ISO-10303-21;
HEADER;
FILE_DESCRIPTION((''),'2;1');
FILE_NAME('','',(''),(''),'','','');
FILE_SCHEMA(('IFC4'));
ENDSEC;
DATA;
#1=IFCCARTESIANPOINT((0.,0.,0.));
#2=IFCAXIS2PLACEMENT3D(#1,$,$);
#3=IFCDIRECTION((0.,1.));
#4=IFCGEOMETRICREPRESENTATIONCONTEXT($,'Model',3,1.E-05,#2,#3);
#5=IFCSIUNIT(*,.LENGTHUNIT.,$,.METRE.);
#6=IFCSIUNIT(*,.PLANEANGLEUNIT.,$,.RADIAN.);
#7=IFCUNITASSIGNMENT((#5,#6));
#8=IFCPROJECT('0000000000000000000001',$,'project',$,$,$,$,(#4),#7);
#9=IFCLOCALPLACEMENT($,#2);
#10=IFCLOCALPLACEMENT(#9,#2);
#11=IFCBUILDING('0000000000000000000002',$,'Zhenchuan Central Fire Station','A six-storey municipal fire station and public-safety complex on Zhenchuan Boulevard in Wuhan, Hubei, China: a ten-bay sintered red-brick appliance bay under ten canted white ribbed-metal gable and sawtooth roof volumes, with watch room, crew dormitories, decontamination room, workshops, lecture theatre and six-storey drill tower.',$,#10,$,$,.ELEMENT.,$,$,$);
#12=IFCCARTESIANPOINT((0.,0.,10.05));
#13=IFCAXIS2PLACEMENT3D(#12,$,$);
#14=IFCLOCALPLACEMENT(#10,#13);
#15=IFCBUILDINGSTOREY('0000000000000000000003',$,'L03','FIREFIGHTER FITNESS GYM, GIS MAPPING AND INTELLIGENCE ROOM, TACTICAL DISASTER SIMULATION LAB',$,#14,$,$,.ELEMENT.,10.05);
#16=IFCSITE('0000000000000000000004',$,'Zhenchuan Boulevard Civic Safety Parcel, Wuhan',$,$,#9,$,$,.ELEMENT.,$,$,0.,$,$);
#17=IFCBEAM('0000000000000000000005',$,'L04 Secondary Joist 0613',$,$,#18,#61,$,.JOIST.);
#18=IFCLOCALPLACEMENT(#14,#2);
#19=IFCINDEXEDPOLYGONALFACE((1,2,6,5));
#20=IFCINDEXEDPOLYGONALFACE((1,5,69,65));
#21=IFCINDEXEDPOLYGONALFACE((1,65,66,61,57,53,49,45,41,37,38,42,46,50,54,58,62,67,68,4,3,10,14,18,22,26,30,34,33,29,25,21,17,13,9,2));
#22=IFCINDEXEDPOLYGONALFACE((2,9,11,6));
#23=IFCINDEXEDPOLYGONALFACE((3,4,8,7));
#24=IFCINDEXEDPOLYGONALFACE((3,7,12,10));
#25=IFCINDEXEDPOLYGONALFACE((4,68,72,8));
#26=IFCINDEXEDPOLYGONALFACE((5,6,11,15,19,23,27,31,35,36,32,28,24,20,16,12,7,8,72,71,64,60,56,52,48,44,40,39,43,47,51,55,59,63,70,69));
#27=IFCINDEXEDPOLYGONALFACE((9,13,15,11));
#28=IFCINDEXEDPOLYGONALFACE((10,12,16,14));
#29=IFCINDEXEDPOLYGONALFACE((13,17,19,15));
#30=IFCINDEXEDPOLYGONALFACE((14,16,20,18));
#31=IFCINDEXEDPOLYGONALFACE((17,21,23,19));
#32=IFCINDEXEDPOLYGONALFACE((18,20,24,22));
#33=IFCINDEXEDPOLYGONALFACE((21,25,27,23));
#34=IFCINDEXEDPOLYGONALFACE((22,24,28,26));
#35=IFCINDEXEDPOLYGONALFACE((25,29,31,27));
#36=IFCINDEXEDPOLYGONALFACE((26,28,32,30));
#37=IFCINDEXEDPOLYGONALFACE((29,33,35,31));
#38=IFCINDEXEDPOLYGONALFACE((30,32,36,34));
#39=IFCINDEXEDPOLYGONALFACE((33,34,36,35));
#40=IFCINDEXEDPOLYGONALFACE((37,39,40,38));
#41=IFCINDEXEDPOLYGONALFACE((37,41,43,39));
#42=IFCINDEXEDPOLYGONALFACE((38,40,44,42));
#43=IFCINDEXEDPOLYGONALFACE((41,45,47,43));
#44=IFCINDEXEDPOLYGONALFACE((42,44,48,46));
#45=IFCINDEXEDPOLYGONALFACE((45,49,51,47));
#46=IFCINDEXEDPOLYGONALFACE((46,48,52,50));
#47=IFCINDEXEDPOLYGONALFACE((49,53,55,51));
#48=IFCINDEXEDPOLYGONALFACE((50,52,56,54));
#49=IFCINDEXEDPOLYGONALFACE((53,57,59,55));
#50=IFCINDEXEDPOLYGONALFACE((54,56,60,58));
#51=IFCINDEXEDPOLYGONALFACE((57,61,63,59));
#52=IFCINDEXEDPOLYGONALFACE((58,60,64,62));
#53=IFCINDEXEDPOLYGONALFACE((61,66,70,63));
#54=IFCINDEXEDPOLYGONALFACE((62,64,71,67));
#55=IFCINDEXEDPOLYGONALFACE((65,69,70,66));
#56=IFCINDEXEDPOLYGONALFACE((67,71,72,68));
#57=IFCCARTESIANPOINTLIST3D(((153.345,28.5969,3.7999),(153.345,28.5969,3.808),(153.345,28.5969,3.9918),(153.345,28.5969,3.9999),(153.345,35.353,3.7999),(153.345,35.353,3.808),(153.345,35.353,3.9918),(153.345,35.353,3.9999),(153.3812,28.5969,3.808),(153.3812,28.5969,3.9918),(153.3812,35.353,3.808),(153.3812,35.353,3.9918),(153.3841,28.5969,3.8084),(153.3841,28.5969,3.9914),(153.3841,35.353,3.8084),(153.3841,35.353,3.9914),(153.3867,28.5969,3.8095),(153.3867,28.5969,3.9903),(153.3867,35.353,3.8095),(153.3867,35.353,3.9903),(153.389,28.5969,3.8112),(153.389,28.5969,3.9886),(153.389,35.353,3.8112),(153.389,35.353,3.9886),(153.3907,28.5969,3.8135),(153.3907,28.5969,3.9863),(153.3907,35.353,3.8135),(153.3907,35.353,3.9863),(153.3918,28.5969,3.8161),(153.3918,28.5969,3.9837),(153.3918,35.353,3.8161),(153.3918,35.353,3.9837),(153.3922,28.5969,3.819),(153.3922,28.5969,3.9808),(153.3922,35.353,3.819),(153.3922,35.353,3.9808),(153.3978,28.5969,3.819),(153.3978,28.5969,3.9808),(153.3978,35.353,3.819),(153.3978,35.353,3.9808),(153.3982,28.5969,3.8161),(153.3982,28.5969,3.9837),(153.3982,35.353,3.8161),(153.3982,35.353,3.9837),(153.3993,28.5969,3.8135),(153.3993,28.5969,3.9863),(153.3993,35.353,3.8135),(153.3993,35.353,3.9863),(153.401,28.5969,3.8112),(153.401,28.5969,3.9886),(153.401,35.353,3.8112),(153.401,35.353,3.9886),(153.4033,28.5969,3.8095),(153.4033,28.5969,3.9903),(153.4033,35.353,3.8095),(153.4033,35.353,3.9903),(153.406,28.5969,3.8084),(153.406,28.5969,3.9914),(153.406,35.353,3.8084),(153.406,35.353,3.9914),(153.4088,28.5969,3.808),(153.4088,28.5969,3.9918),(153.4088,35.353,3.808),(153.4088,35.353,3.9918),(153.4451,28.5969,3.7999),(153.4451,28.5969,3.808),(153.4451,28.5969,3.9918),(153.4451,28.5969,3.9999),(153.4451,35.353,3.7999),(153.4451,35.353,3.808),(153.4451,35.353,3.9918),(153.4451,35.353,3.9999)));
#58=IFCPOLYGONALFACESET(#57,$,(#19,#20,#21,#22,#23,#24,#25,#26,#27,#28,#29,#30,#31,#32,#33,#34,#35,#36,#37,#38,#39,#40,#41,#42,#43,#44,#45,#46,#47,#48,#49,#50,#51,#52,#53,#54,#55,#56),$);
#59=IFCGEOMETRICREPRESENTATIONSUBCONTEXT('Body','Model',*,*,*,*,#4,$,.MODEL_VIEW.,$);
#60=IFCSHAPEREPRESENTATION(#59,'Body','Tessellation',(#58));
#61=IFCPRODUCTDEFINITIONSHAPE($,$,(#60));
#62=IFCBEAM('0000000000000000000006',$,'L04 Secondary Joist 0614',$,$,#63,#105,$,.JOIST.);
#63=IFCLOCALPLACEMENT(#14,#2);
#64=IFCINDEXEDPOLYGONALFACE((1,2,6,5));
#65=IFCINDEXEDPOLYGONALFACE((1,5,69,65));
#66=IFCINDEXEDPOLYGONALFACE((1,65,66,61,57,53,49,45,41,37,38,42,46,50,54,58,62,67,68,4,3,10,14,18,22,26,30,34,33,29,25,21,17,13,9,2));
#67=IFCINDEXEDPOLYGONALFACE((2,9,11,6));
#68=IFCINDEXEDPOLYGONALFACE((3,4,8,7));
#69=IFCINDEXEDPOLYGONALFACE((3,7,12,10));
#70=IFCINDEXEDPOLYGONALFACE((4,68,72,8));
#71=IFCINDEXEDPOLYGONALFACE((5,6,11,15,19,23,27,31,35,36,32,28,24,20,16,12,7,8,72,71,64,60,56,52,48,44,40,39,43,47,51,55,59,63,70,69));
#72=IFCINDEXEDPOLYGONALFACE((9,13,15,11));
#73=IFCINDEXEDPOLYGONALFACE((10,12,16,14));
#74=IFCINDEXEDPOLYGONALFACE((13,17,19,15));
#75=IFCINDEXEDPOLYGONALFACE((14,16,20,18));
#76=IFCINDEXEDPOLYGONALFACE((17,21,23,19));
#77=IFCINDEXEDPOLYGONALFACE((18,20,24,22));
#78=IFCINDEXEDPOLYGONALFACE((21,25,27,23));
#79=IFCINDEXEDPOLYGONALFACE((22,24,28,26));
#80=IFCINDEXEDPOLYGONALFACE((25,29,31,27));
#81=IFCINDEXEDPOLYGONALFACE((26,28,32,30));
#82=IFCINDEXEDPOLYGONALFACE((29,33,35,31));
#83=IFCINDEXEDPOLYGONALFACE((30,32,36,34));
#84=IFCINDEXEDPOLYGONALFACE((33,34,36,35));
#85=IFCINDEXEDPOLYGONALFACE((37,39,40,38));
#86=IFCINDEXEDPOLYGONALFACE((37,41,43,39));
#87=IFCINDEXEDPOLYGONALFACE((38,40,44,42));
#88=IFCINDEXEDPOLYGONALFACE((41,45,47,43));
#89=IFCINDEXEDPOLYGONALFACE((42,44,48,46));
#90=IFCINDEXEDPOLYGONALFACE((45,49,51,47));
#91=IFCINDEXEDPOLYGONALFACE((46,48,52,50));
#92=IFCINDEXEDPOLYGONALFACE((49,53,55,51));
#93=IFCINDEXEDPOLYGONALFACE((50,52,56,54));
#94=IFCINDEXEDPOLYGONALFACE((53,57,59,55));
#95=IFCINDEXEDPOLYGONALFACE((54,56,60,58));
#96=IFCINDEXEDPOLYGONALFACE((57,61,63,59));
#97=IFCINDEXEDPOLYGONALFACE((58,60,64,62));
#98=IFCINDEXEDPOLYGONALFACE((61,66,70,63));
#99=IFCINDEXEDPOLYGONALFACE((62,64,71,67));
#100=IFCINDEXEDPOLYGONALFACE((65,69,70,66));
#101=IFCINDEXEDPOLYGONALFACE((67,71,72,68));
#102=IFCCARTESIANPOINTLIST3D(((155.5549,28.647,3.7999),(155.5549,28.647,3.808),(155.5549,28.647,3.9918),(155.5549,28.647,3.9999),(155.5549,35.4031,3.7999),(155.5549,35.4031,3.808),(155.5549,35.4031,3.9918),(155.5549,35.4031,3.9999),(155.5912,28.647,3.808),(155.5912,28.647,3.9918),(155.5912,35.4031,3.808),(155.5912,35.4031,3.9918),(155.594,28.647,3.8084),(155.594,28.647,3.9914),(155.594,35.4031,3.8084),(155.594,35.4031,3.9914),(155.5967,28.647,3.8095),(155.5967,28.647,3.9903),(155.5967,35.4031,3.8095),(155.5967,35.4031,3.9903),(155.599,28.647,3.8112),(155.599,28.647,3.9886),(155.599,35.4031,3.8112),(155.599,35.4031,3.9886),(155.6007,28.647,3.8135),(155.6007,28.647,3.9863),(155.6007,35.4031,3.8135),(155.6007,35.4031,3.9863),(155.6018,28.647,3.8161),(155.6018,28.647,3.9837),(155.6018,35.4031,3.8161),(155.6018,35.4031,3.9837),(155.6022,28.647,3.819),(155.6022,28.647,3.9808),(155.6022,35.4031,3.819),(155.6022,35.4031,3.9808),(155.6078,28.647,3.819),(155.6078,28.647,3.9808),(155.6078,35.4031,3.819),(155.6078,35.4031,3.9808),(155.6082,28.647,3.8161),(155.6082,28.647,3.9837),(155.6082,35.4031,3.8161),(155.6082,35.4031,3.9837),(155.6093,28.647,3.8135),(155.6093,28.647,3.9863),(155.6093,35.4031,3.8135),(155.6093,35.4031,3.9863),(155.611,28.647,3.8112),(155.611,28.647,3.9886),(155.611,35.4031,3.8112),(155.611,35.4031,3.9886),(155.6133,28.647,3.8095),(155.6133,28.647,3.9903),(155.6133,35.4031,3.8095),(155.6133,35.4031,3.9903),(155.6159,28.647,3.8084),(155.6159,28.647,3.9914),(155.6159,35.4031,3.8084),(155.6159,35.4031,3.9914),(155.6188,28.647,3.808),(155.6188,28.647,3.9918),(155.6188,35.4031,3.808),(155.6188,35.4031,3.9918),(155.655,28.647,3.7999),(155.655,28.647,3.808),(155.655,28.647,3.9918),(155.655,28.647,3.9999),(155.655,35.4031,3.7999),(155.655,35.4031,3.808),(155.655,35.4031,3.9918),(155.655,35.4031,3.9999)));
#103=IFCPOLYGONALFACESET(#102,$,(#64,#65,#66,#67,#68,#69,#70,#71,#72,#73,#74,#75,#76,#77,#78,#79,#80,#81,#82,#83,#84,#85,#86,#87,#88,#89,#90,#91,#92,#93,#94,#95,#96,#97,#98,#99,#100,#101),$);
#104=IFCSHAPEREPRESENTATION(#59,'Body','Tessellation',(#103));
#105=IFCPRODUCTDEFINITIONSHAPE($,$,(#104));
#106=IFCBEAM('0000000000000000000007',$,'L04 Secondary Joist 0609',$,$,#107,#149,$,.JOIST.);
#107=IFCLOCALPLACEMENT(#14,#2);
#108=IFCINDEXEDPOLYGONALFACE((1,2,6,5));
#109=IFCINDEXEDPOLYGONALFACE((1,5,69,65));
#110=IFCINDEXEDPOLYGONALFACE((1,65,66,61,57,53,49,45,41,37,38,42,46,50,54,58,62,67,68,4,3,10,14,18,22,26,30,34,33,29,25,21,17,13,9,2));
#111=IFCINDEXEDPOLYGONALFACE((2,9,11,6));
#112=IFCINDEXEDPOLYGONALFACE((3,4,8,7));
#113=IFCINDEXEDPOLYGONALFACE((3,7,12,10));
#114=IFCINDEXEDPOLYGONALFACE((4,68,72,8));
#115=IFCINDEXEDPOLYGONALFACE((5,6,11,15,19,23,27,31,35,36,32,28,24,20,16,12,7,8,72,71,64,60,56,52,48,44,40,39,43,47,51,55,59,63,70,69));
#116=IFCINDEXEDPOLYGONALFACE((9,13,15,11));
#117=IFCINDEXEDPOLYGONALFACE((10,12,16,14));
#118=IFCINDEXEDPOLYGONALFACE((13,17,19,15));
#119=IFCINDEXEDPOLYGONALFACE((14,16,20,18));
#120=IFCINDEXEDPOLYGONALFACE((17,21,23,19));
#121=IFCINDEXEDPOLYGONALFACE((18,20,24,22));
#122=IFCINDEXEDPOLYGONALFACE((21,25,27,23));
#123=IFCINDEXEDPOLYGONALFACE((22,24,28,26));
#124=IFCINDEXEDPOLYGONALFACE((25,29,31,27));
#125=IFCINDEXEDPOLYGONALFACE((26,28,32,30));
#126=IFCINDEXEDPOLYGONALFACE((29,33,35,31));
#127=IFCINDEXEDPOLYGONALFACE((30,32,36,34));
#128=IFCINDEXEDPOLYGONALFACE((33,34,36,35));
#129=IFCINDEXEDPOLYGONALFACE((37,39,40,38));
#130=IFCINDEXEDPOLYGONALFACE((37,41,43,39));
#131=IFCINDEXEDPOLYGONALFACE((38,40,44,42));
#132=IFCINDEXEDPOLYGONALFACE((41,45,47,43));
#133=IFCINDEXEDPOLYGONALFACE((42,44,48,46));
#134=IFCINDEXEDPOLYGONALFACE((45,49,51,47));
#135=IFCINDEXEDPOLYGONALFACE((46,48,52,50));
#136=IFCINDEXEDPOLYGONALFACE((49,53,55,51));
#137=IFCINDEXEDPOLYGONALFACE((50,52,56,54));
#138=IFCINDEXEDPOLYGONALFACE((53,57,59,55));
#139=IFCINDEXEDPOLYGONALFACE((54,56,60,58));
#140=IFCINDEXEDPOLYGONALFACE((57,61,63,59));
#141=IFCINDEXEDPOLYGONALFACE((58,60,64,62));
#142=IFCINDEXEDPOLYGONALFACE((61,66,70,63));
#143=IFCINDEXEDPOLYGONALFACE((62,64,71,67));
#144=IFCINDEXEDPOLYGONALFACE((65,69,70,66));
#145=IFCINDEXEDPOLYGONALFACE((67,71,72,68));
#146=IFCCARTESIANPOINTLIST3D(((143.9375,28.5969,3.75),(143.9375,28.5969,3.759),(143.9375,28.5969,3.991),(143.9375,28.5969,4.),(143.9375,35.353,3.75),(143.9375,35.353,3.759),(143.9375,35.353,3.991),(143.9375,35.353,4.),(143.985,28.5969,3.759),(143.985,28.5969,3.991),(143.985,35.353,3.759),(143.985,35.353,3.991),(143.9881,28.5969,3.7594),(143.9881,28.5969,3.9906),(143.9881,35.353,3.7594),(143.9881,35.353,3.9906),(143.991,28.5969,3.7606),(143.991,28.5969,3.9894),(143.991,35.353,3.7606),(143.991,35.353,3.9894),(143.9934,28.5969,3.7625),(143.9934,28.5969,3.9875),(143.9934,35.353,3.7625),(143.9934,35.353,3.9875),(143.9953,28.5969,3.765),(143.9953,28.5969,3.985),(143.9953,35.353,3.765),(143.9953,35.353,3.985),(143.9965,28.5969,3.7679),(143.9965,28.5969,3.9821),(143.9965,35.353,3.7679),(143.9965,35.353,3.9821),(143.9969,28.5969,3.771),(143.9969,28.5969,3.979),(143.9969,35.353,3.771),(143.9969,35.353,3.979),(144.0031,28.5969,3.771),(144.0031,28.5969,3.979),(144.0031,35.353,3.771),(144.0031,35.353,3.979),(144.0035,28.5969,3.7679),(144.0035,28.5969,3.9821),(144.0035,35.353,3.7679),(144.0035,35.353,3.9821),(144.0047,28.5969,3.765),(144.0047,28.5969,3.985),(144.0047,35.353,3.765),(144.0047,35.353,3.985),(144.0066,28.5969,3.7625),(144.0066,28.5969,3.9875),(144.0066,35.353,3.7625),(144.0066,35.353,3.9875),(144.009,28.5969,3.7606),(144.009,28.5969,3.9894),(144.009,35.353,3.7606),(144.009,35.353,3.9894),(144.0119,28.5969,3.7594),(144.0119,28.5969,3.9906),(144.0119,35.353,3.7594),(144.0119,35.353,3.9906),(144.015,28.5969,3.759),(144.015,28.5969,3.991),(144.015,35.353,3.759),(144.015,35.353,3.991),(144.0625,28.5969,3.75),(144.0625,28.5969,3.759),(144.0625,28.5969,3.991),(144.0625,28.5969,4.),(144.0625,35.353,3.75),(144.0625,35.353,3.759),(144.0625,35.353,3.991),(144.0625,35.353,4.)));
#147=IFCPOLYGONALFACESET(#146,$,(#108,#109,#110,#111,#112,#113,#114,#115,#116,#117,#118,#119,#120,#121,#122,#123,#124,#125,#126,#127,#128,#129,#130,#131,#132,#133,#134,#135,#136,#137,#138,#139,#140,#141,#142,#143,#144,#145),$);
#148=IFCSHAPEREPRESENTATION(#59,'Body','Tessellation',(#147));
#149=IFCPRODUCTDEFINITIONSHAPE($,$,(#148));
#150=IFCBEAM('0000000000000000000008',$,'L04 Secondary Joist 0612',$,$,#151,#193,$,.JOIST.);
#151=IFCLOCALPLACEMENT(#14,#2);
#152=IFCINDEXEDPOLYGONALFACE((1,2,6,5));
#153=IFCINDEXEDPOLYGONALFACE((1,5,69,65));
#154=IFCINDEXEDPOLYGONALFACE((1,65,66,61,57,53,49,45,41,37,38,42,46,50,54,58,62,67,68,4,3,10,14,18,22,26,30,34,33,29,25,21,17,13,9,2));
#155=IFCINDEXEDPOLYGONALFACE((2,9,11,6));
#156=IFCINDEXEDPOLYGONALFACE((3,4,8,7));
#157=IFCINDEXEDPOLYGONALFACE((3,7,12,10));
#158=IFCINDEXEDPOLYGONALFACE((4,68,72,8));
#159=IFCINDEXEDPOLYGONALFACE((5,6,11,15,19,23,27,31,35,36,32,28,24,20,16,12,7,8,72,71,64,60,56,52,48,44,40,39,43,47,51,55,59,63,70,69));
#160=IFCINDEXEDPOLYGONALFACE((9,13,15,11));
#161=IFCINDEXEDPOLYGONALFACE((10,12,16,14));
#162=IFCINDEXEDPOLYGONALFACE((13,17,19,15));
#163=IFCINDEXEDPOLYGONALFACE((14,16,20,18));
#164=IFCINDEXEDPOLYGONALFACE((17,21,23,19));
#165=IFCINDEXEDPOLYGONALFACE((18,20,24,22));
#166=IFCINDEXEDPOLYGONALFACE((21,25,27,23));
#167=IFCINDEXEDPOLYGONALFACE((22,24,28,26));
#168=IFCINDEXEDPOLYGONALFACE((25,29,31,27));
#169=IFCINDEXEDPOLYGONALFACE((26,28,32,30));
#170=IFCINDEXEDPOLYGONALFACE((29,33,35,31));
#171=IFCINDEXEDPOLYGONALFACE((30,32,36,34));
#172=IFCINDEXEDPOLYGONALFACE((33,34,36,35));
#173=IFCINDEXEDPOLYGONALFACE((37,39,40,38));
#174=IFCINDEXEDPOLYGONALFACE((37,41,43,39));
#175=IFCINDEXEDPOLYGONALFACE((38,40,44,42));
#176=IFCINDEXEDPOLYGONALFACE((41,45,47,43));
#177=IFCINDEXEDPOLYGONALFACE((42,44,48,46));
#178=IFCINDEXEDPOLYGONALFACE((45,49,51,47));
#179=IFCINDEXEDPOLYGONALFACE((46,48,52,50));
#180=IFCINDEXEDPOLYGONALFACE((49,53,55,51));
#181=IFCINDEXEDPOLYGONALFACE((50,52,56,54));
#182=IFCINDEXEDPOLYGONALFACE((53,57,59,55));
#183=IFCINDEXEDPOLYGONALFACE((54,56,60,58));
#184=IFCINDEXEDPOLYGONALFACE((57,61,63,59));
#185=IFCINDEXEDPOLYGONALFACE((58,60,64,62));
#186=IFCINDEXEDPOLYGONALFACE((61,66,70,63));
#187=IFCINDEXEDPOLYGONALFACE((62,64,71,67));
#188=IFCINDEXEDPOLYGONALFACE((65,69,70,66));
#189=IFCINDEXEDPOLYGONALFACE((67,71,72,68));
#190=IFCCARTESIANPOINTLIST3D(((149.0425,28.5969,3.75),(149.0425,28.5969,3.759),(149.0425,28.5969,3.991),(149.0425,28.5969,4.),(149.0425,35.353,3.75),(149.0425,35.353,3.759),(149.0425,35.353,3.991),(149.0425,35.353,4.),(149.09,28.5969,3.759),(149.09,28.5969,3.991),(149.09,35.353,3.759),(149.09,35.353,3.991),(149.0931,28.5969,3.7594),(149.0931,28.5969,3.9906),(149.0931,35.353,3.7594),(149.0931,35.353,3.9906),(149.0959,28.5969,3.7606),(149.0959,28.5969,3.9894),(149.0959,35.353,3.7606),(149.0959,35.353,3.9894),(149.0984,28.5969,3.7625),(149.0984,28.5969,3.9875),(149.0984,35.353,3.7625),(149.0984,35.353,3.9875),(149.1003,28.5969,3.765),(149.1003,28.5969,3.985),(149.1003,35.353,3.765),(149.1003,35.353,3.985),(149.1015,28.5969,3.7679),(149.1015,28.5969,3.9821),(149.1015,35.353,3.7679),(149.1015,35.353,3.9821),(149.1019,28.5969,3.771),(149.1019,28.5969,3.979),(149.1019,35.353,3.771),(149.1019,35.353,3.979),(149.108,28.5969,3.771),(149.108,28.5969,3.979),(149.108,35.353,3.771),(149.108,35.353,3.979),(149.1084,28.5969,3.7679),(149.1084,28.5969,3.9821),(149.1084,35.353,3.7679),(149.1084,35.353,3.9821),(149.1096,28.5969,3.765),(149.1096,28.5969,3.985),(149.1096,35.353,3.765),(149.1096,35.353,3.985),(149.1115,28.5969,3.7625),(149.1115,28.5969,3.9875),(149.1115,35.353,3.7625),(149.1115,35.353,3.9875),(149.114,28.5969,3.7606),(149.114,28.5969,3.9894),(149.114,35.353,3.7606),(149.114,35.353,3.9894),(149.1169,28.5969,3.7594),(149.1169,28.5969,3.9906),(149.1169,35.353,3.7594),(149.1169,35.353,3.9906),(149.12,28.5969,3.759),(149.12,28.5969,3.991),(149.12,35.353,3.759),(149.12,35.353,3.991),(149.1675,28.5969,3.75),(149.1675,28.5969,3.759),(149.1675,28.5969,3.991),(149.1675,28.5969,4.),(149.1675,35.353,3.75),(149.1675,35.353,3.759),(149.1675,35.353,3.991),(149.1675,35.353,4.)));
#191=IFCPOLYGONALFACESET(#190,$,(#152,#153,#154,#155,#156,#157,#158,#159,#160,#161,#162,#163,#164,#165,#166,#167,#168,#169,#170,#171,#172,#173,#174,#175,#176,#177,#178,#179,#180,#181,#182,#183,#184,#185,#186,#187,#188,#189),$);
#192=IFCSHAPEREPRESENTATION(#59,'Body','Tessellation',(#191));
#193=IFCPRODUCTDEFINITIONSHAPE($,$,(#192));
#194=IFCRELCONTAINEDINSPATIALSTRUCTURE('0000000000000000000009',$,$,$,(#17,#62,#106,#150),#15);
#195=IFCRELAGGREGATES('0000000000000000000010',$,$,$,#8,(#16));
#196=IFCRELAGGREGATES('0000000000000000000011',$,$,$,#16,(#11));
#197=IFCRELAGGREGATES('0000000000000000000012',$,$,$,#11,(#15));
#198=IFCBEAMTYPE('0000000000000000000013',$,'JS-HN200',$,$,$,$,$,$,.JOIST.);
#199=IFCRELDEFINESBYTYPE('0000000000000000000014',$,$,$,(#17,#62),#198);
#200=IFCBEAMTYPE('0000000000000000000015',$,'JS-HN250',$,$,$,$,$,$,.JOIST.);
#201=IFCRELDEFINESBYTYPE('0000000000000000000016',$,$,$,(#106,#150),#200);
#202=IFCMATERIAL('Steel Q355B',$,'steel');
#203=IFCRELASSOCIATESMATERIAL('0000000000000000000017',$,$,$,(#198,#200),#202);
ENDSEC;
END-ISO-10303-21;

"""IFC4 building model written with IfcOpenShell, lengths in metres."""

from ifc_helpers import new_model, si_unit, direction, frame, origin, origin_2d, place, context, subcontext, project, spatial, i_section, extrude, material, material_profile, profile_set, type_object, element, save


model = new_model("IFC4")

# Units and contexts
model_context = context("Model", 3, precision=1e-05, world=origin(), true_north=direction((0.0, 1.0)))
body_context = subcontext(model_context, "Body", "Model", "MODEL_VIEW")
ifc_project = project(units=[si_unit("LENGTHUNIT", "METRE"), si_unit("PLANEANGLEUNIT", "RADIAN")], contexts=[model_context])

# Site, building, storey
site_placement = place(None, origin())
site = spatial("IfcSite", under=ifc_project, at=site_placement, Name="Zhenchuan Boulevard Civic Safety Parcel, Wuhan", CompositionType="ELEMENT", RefElevation=0.0)
building_placement = place(site_placement, origin())
building = spatial("IfcBuilding", under=site, at=building_placement, Name="Zhenchuan Central Fire Station", Description="A six-storey municipal fire station and public-safety complex on Zhenchuan Boulevard in Wuhan, Hubei, China: a ten-bay sintered red-brick appliance bay under ten canted white ribbed-metal gable and sawtooth roof volumes, with watch room, crew dormitories, decontamination room, workshops, lecture theatre and six-storey drill tower.", CompositionType="ELEMENT")
storey_placement = place(building_placement, frame((0.0, 0.0, 10.05)))
storey = spatial("IfcBuildingStorey", under=building, at=storey_placement, Name="L03", Description="FIREFIGHTER FITNESS GYM, GIS MAPPING AND INTELLIGENCE ROOM, TACTICAL DISASTER SIMULATION LAB", CompositionType="ELEMENT", Elevation=10.05)

# Shared definitions
ifc_material_1 = material(Name="Steel Q355B", Category="steel")

# Beams
ifc_material_profile_1 = material_profile(ifc_material_1, i_section(OverallWidth=0.1001, OverallDepth=0.2, WebThickness=0.0056, FlangeThickness=0.0081, FilletRadius=0.011, at=origin_2d()), Name="HN 200x100")
ifc_profile_set_1 = profile_set([ifc_material_profile_1], Name="Steel Q355B")
beam_type_1 = type_object("IfcBeamType", Name="JS-HN200", PredefinedType="JOIST", material=ifc_profile_set_1)
for number, where, z_axis, x_axis, name in (
    (1, (153.395, 28.5969, 3.8999), (0.0, 1.0, 0.0), (-1.0, 0.0, 0.0), "L04 Secondary Joist 0613"),
    (2, (155.605, 28.647, 3.8999), (0.0, 1.0, 0.0), (-1.0, 0.0, 0.0), "L04 Secondary Joist 0614"),
):
    element("IfcBeam", number, at=place(storey_placement, frame(where, z_axis=z_axis, x_axis=x_axis)), inside=storey, type_object=beam_type_1, Name=name, PredefinedType="JOIST", context=body_context, shape_type="SweptSolid", body=[
        extrude(i_section(OverallWidth=0.1001, OverallDepth=0.2, WebThickness=0.0056, FlangeThickness=0.0081, FilletRadius=0.011, at=origin_2d()), origin(), (0.0, 0.0, 1.0), 6.7561),
    ])
ifc_material_profile_2 = material_profile(ifc_material_1, i_section(OverallWidth=0.125, OverallDepth=0.25, WebThickness=0.0061, FlangeThickness=0.009, FilletRadius=0.012, at=origin_2d()), Name="HN 250x125")
ifc_profile_set_2 = profile_set([ifc_material_profile_2], Name="Steel Q355B")
beam_type_2 = type_object("IfcBeamType", Name="JS-HN250", PredefinedType="JOIST", material=ifc_profile_set_2)
for number, where, z_axis, x_axis, name in (
    (3, (144.0, 28.5969, 3.875), (0.0, 1.0, 0.0), (-1.0, 0.0, 0.0), "L04 Secondary Joist 0609"),
    (4, (149.105, 28.5969, 3.875), (0.0, 1.0, 0.0), (-1.0, 0.0, 0.0), "L04 Secondary Joist 0612"),
):
    element("IfcBeam", number, at=place(storey_placement, frame(where, z_axis=z_axis, x_axis=x_axis)), inside=storey, type_object=beam_type_2, Name=name, PredefinedType="JOIST", context=body_context, shape_type="SweptSolid", body=[
        extrude(i_section(OverallWidth=0.125, OverallDepth=0.25, WebThickness=0.0061, FlangeThickness=0.009, FilletRadius=0.012, at=origin_2d()), origin(), (0.0, 0.0, 1.0), 6.7561),
    ])

save(model, "model.ifc")
